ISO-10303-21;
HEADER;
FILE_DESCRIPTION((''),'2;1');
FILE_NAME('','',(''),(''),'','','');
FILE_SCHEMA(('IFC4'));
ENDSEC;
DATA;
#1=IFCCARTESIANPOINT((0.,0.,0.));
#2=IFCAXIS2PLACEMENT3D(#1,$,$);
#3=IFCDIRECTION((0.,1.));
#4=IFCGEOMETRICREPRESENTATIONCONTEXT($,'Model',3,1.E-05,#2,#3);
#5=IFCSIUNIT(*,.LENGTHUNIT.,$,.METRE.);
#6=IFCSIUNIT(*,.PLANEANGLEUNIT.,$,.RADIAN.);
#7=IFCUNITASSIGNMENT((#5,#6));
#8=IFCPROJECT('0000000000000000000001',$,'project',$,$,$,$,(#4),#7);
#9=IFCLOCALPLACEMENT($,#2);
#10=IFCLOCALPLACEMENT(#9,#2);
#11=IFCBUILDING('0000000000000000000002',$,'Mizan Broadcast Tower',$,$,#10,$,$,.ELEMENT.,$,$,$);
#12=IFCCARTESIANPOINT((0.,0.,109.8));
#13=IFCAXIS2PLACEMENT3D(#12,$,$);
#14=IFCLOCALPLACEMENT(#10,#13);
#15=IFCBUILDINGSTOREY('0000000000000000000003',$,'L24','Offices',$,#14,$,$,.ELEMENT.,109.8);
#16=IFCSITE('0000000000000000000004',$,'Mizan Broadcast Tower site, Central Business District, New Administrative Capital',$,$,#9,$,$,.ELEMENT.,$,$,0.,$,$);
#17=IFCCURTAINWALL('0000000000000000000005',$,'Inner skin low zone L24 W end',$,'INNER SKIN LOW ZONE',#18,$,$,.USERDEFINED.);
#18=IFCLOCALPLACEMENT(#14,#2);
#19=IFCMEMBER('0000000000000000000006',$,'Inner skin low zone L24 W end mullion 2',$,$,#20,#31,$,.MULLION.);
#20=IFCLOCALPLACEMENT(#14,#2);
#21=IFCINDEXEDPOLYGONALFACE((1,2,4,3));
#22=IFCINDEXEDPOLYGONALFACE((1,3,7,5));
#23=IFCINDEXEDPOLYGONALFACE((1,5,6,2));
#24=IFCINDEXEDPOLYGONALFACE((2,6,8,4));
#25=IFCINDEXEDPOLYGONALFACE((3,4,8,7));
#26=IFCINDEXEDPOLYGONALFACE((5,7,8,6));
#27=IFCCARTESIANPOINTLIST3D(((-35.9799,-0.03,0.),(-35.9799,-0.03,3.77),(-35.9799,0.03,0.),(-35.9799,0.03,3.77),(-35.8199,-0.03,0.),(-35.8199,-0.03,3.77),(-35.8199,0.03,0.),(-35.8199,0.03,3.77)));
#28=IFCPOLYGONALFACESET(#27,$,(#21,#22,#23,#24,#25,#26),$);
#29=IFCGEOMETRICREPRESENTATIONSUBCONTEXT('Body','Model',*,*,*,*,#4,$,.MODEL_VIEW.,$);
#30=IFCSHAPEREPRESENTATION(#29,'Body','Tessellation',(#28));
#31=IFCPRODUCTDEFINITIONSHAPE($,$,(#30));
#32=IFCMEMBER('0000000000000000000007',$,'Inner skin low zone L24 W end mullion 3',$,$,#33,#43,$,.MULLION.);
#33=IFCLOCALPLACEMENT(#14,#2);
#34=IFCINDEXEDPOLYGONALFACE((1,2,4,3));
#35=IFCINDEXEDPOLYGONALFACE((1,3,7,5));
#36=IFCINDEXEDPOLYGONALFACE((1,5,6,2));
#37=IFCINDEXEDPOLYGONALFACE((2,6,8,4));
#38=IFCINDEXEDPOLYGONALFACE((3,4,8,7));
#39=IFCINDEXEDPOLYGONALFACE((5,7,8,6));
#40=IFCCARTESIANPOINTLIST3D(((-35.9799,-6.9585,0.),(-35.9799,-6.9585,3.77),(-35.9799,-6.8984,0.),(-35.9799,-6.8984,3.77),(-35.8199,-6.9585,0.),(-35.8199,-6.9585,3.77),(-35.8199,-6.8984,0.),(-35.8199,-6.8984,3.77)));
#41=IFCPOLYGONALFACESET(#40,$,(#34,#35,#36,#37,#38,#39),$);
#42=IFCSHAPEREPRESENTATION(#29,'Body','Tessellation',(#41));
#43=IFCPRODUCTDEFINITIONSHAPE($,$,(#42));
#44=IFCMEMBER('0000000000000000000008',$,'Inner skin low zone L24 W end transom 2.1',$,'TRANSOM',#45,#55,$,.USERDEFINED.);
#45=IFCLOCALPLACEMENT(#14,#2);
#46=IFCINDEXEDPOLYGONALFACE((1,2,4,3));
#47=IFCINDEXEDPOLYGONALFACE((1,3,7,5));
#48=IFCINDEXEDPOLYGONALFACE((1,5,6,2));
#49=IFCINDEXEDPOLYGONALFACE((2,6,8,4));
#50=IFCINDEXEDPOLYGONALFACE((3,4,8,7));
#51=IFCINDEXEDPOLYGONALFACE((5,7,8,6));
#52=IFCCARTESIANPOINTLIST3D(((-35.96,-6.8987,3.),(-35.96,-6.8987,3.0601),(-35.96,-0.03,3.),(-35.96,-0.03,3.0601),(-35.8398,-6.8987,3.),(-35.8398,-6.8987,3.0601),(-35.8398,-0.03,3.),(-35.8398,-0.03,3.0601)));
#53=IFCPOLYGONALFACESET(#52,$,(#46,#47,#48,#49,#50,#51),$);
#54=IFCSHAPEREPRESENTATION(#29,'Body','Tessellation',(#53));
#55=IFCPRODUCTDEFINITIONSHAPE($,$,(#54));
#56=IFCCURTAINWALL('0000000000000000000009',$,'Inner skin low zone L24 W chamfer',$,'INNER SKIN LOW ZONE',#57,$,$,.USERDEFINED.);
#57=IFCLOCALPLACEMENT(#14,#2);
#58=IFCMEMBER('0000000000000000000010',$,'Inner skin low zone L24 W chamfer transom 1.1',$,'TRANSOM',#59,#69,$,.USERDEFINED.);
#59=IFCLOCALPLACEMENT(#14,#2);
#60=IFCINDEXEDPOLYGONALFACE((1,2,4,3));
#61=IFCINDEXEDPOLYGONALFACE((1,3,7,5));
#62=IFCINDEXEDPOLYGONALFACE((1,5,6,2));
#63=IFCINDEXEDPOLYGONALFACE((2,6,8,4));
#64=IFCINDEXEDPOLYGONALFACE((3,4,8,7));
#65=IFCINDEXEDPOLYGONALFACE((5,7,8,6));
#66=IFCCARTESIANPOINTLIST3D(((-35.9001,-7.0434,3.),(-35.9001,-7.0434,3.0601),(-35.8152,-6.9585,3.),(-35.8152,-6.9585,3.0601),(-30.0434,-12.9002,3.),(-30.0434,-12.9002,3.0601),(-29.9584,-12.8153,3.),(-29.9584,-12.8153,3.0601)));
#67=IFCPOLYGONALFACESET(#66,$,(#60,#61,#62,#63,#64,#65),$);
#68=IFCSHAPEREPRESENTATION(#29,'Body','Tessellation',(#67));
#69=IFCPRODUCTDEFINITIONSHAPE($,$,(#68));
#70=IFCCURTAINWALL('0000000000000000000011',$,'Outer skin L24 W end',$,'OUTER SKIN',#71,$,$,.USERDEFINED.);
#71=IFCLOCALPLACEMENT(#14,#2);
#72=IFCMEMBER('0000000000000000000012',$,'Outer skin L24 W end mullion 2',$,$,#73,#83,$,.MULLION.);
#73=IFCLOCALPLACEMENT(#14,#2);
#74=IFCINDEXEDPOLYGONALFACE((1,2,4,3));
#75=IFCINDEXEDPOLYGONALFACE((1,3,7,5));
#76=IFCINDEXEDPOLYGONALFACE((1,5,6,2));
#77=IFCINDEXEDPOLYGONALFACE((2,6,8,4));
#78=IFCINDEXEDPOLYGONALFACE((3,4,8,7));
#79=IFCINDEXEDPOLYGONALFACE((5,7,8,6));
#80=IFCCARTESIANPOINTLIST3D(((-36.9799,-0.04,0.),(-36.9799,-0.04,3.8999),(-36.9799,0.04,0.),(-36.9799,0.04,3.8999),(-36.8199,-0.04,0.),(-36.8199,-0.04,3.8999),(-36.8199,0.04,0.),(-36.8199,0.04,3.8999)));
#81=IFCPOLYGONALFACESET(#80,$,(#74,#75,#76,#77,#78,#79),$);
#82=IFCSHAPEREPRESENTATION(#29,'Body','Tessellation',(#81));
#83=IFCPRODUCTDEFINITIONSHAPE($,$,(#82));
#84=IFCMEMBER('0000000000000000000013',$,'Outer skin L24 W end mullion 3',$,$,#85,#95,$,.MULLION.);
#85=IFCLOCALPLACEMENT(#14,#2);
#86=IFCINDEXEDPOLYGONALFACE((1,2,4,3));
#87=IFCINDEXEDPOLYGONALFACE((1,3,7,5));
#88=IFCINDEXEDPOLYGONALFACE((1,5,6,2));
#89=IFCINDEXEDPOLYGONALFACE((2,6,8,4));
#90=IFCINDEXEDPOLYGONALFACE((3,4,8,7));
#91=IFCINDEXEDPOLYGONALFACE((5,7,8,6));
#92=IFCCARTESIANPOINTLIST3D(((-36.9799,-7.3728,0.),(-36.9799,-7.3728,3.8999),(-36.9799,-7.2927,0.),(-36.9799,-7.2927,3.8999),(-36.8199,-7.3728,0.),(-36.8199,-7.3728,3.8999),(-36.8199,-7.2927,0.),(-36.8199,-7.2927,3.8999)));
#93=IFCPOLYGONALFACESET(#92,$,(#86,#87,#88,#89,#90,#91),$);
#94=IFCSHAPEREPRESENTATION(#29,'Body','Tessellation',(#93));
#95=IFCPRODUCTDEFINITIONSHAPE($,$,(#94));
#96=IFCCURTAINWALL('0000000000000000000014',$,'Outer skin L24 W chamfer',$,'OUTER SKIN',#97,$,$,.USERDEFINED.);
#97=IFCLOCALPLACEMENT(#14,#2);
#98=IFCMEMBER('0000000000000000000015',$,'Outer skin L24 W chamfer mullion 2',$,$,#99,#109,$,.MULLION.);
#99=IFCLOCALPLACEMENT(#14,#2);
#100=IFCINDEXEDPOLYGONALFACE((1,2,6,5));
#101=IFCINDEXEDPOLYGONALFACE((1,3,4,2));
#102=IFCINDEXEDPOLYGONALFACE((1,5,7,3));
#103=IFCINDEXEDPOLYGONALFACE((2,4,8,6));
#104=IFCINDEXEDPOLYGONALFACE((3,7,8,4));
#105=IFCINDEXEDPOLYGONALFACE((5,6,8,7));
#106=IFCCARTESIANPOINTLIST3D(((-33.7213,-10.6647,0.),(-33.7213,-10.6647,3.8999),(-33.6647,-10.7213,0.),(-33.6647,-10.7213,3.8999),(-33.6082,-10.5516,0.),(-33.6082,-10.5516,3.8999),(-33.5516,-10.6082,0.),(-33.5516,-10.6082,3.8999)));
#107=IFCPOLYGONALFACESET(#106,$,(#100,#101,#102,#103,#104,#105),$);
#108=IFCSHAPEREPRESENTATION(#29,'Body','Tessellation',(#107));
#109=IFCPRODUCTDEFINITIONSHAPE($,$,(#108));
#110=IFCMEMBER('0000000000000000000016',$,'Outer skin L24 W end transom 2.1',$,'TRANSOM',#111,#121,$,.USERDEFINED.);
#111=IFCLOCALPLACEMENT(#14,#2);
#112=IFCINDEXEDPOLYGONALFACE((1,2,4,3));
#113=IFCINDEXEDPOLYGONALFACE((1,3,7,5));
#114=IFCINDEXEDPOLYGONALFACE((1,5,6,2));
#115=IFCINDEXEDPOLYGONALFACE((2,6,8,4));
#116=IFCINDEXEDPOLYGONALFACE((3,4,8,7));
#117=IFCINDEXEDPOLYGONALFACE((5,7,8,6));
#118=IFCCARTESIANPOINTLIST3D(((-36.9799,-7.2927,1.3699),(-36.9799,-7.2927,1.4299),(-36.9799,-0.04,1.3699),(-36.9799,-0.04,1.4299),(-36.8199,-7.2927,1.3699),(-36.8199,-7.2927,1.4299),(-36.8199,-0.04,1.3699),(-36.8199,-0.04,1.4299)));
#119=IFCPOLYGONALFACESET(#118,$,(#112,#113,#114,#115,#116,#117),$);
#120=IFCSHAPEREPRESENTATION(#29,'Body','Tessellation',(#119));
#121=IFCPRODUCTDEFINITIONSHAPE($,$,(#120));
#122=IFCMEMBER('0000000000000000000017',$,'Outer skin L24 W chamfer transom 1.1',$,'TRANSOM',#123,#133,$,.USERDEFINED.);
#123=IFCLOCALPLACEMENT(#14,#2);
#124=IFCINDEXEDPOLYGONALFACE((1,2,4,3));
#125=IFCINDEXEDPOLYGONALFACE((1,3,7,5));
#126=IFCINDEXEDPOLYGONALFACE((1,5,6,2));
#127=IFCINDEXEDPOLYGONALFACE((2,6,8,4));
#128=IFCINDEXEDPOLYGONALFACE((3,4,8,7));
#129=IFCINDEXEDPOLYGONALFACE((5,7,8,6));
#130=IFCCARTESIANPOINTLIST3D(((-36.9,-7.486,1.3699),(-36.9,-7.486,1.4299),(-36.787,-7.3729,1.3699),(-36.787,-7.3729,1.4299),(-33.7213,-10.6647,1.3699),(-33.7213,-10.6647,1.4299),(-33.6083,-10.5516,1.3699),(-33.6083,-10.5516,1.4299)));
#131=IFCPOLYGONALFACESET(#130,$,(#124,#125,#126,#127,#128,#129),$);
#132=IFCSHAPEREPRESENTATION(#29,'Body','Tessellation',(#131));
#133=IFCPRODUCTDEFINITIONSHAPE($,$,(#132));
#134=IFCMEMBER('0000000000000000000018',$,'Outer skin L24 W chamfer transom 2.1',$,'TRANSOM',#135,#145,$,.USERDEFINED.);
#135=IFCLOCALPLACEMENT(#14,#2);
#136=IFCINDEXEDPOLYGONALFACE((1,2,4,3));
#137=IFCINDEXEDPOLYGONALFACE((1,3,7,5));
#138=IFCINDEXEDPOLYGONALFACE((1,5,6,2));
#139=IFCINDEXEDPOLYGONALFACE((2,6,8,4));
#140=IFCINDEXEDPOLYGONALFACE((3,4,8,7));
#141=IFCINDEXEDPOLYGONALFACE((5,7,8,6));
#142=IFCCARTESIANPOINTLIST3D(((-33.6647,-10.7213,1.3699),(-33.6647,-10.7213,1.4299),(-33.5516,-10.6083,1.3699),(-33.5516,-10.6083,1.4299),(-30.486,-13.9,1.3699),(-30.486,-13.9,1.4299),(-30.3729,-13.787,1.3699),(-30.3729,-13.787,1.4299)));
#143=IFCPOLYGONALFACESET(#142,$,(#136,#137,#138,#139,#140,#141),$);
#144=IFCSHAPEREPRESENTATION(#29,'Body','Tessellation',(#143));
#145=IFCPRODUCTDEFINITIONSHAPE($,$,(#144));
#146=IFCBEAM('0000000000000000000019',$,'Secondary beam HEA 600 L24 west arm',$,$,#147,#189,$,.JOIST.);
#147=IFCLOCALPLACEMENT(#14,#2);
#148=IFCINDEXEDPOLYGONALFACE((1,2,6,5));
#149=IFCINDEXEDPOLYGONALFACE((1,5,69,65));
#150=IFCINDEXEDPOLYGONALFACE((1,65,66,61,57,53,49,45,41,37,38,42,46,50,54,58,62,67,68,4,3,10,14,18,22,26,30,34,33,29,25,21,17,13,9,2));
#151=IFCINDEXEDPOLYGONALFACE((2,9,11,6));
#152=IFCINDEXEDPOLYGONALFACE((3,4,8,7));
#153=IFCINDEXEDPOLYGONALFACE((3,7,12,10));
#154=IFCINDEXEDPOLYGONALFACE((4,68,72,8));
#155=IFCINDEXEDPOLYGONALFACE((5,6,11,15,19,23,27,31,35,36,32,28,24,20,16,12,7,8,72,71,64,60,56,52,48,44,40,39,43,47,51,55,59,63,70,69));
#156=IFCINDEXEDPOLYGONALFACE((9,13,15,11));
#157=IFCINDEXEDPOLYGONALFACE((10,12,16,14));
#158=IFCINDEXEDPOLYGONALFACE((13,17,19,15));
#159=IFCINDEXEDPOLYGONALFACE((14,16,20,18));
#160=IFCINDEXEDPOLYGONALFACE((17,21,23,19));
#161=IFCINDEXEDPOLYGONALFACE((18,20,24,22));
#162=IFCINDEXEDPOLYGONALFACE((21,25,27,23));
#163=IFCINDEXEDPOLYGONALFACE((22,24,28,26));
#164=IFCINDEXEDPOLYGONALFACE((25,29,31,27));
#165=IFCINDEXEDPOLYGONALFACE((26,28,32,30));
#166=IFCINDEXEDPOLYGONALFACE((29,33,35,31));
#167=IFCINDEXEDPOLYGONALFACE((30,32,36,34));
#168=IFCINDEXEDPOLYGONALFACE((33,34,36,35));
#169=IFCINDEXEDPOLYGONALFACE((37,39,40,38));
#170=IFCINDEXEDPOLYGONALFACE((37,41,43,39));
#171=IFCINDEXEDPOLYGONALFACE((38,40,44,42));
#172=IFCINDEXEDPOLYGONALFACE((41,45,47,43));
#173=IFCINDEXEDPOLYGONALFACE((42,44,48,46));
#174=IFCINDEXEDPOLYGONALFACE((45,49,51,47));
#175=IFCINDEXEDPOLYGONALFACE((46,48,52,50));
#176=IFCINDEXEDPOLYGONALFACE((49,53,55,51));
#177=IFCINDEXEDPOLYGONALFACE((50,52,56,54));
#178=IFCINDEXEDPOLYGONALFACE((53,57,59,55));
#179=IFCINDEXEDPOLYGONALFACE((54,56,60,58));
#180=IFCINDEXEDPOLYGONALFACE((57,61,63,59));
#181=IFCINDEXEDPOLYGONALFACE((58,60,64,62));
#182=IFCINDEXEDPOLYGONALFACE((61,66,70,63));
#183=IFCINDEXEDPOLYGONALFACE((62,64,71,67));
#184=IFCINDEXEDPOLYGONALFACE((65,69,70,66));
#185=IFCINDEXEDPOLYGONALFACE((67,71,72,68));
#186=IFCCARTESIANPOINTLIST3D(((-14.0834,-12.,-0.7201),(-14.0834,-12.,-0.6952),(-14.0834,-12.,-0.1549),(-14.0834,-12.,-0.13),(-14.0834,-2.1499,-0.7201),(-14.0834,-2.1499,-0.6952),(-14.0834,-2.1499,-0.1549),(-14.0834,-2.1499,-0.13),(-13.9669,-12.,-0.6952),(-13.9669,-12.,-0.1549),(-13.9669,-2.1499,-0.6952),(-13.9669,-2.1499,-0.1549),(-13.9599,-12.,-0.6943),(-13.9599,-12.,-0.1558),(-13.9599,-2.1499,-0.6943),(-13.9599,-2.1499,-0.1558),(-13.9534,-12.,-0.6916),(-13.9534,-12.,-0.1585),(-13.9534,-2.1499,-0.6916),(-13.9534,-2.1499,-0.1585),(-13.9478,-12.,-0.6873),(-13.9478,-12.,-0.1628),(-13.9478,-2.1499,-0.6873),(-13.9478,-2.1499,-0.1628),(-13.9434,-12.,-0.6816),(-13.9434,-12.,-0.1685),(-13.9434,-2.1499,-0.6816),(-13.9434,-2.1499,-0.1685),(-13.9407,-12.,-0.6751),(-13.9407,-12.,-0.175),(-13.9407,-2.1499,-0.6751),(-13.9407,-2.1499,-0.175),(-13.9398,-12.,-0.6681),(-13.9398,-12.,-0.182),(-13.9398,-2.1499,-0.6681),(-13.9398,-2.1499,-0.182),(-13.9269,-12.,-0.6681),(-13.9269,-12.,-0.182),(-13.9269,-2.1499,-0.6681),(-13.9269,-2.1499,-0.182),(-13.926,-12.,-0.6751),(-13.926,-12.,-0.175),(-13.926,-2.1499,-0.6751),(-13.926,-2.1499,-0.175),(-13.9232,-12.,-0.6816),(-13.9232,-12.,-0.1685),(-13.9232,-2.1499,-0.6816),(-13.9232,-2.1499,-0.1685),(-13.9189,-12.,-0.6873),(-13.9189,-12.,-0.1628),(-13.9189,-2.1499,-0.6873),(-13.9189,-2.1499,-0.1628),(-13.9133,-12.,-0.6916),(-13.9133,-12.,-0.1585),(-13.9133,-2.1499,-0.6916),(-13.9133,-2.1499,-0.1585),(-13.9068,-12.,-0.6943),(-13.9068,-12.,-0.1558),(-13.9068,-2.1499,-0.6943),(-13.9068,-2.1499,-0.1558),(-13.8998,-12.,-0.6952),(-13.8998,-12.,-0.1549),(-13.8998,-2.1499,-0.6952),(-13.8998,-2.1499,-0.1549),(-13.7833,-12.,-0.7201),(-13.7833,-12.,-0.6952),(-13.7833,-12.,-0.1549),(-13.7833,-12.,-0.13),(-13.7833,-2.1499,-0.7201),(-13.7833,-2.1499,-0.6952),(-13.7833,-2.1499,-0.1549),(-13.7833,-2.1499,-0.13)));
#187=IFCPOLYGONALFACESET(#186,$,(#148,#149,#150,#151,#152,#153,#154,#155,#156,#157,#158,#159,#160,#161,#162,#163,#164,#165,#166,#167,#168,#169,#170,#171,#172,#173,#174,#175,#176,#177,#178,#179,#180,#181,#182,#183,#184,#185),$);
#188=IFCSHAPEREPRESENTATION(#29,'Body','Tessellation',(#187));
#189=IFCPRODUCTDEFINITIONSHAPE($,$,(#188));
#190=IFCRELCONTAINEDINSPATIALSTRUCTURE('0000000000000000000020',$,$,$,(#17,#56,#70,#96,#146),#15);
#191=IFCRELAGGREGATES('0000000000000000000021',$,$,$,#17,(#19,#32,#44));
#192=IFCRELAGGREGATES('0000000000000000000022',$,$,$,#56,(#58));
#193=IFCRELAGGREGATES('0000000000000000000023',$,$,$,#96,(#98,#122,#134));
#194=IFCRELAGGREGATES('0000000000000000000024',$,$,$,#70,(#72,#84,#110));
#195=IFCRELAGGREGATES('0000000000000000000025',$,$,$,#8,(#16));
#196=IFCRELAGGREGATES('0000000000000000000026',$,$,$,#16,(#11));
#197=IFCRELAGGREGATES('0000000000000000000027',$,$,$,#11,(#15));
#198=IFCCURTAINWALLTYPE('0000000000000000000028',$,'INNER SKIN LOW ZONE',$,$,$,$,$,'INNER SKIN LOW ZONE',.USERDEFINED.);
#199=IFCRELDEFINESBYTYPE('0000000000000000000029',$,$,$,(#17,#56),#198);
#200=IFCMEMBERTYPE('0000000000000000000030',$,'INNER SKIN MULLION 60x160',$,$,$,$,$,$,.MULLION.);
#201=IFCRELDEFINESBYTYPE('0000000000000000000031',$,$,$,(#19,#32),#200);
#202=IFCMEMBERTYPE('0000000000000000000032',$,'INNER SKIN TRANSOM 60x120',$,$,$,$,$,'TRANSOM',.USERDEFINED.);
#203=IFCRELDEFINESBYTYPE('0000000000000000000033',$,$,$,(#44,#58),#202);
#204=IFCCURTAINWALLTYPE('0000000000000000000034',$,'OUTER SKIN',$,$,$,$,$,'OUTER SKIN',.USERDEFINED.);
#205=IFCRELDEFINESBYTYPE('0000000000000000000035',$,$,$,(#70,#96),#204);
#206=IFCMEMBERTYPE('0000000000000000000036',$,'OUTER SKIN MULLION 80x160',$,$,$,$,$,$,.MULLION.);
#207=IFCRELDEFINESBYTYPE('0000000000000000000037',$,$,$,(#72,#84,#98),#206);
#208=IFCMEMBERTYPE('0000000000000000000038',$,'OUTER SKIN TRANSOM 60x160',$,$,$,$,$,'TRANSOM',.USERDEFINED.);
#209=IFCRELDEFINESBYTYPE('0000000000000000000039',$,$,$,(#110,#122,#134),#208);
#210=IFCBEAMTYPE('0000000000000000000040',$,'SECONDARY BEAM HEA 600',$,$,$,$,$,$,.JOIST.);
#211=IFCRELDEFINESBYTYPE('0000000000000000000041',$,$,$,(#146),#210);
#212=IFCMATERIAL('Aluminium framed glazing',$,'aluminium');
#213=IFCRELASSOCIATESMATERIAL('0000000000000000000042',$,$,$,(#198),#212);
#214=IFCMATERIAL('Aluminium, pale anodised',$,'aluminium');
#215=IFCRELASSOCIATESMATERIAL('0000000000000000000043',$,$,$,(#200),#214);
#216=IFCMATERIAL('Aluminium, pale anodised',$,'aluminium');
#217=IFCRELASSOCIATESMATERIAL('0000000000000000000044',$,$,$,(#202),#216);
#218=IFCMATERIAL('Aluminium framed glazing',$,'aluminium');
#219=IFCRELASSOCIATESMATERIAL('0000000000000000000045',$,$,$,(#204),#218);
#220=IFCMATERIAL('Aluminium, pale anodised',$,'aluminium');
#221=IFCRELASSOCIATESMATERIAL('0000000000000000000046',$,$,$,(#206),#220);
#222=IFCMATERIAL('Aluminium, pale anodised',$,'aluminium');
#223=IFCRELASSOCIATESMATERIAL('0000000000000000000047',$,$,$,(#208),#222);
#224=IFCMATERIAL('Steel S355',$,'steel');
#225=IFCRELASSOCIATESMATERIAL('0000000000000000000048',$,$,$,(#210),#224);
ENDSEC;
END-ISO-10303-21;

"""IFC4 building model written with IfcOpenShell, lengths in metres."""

from ifc_helpers import new_model, si_unit, direction, frame, origin, origin_2d, place, context, subcontext, project, spatial, rectangle, i_section, extrude, material, material_profile, profile_set, type_object, element, aggregate, save


model = new_model("IFC4")

# Units and contexts
model_context = context("Model", 3, precision=1e-05, world=origin(), true_north=direction((0.0, 1.0)))
body_context = subcontext(model_context, "Body", "Model", "MODEL_VIEW")
ifc_project = project(units=[si_unit("LENGTHUNIT", "METRE"), si_unit("PLANEANGLEUNIT", "RADIAN")], contexts=[model_context])

# Site, building, storey
site_placement = place(None, origin())
site = spatial("IfcSite", under=ifc_project, at=site_placement, Name="Mizan Broadcast Tower site, Central Business District, New Administrative Capital", CompositionType="ELEMENT", RefElevation=0.0)
building_placement = place(site_placement, origin())
building = spatial("IfcBuilding", under=site, at=building_placement, Name="Mizan Broadcast Tower", CompositionType="ELEMENT")
storey_placement = place(building_placement, frame((0.0, 0.0, 109.8)))
storey = spatial("IfcBuildingStorey", under=building, at=storey_placement, Name="L24", Description="Offices", CompositionType="ELEMENT", Elevation=109.8)

# Curtain wall, members
ifc_material_1 = material(Name="Aluminium framed glazing", Category="aluminium")
curtain_wall_type_1 = type_object("IfcCurtainWallType", Name="INNER SKIN LOW ZONE", ElementType="INNER SKIN LOW ZONE", PredefinedType="USERDEFINED", material=ifc_material_1)
curtain_wall_1_placement = place(storey_placement, origin())
curtain_wall_1 = element("IfcCurtainWall", 1, at=curtain_wall_1_placement, inside=storey, type_object=curtain_wall_type_1, Name="Inner skin low zone L24 W end", ObjectType="INNER SKIN LOW ZONE", PredefinedType="USERDEFINED")
ifc_material_2 = material(Name="Aluminium, pale anodised", Category="aluminium")
ifc_material_profile_1 = material_profile(ifc_material_2, rectangle(XDim=0.1599, YDim=0.0601, at=origin_2d()), Name="MULLION 160x60")
ifc_profile_set_1 = profile_set([ifc_material_profile_1], Name="Aluminium, pale anodised")
member_type_1 = type_object("IfcMemberType", Name="INNER SKIN MULLION 60x160", PredefinedType="MULLION", material=ifc_profile_set_1)
member_1_placement = place(storey_placement, frame((-35.8999, 0.0, 0.0), z_axis=(0.0, 0.0, 1.0), x_axis=(1.0, 0.0, 0.0)))
member_1 = element("IfcMember", 2, at=member_1_placement, type_object=member_type_1, Name="Inner skin low zone L24 W end mullion 2", PredefinedType="MULLION", context=body_context, shape_type="SweptSolid", body=[
    extrude(rectangle(XDim=0.1599, YDim=0.0601, at=origin_2d()), origin(), (0.0, 0.0, 1.0), 3.77),
])
member_2_placement = place(storey_placement, frame((-35.8999, -6.9285, 0.0), z_axis=(0.0, 0.0, 1.0), x_axis=(1.0, 0.0, 0.0)))
member_2 = element("IfcMember", 3, at=member_2_placement, type_object=member_type_1, Name="Inner skin low zone L24 W end mullion 3", PredefinedType="MULLION", context=body_context, shape_type="SweptSolid", body=[
    extrude(rectangle(XDim=0.1599, YDim=0.0601, at=origin_2d()), origin(), (0.0, 0.0, 1.0), 3.77),
])
ifc_material_3 = material(Name="Aluminium, pale anodised", Category="aluminium")
ifc_material_profile_2 = material_profile(ifc_material_3, rectangle(XDim=0.1201, YDim=0.0601, at=origin_2d()), Name="TRANSOM 120x60")
ifc_profile_set_2 = profile_set([ifc_material_profile_2], Name="Aluminium, pale anodised")
member_type_2 = type_object("IfcMemberType", Name="INNER SKIN TRANSOM 60x120", ElementType="TRANSOM", PredefinedType="USERDEFINED", material=ifc_profile_set_2)
member_3_placement = place(storey_placement, frame((-35.8999, -0.03, 3.03), z_axis=(0.0, -1.0, 0.0), x_axis=(1.0, 0.0, 0.0)))
member_3 = element("IfcMember", 4, at=member_3_placement, type_object=member_type_2, Name="Inner skin low zone L24 W end transom 2.1", ObjectType="TRANSOM", PredefinedType="USERDEFINED", context=body_context, shape_type="SweptSolid", body=[
    extrude(rectangle(XDim=0.1201, YDim=0.0601, at=origin_2d()), origin(), (0.0, 0.0, 1.0), 6.8687),
])

# Curtain wall, member
curtain_wall_2_placement = place(storey_placement, origin())
curtain_wall_2 = element("IfcCurtainWall", 5, at=curtain_wall_2_placement, inside=storey, type_object=curtain_wall_type_1, Name="Inner skin low zone L24 W chamfer", ObjectType="INNER SKIN LOW ZONE", PredefinedType="USERDEFINED")
member_4_placement = place(storey_placement, frame((-35.8577, -7.001, 3.03), z_axis=(0.707107, -0.707107, 0.0), x_axis=(0.707107, 0.707107, 0.0)))
member_4 = element("IfcMember", 6, at=member_4_placement, type_object=member_type_2, Name="Inner skin low zone L24 W chamfer transom 1.1", ObjectType="TRANSOM", PredefinedType="USERDEFINED", context=body_context, shape_type="SweptSolid", body=[
    extrude(rectangle(XDim=0.1201, YDim=0.0601, at=origin_2d()), origin(), (0.0, 0.0, 1.0), 8.2827),
])

# Curtain wall, members
ifc_material_4 = material(Name="Aluminium framed glazing", Category="aluminium")
curtain_wall_type_2 = type_object("IfcCurtainWallType", Name="OUTER SKIN", ElementType="OUTER SKIN", PredefinedType="USERDEFINED", material=ifc_material_4)
curtain_wall_3_placement = place(storey_placement, origin())
curtain_wall_3 = element("IfcCurtainWall", 7, at=curtain_wall_3_placement, inside=storey, type_object=curtain_wall_type_2, Name="Outer skin L24 W end", ObjectType="OUTER SKIN", PredefinedType="USERDEFINED")
ifc_material_5 = material(Name="Aluminium, pale anodised", Category="aluminium")
ifc_material_profile_3 = material_profile(ifc_material_5, rectangle(XDim=0.1599, YDim=0.0801, at=origin_2d()), Name="MULLION 160x80")
ifc_profile_set_3 = profile_set([ifc_material_profile_3], Name="Aluminium, pale anodised")
member_type_3 = type_object("IfcMemberType", Name="OUTER SKIN MULLION 80x160", PredefinedType="MULLION", material=ifc_profile_set_3)
member_5_placement = place(storey_placement, frame((-36.8999, 0.0, 0.0), z_axis=(0.0, 0.0, 1.0), x_axis=(1.0, 0.0, 0.0)))
member_5 = element("IfcMember", 8, at=member_5_placement, type_object=member_type_3, Name="Outer skin L24 W end mullion 2", PredefinedType="MULLION", context=body_context, shape_type="SweptSolid", body=[
    extrude(rectangle(XDim=0.1599, YDim=0.0801, at=origin_2d()), origin(), (0.0, 0.0, 1.0), 3.8999),
])
member_6_placement = place(storey_placement, frame((-36.8999, -7.3328, 0.0), z_axis=(0.0, 0.0, 1.0), x_axis=(1.0, 0.0, 0.0)))
member_6 = element("IfcMember", 9, at=member_6_placement, type_object=member_type_3, Name="Outer skin L24 W end mullion 3", PredefinedType="MULLION", context=body_context, shape_type="SweptSolid", body=[
    extrude(rectangle(XDim=0.1599, YDim=0.0801, at=origin_2d()), origin(), (0.0, 0.0, 1.0), 3.8999),
])

# Curtain wall, member
curtain_wall_4_placement = place(storey_placement, origin())
curtain_wall_4 = element("IfcCurtainWall", 10, at=curtain_wall_4_placement, inside=storey, type_object=curtain_wall_type_2, Name="Outer skin L24 W chamfer", ObjectType="OUTER SKIN", PredefinedType="USERDEFINED")
member_7_placement = place(storey_placement, frame((-33.6365, -10.6365, 0.0), z_axis=(0.0, 0.0, 1.0), x_axis=(0.707107, 0.707107, 0.0)))
member_7 = element("IfcMember", 11, at=member_7_placement, type_object=member_type_3, Name="Outer skin L24 W chamfer mullion 2", PredefinedType="MULLION", context=body_context, shape_type="SweptSolid", body=[
    extrude(rectangle(XDim=0.1599, YDim=0.0801, at=origin_2d()), origin(), (0.0, 0.0, 1.0), 3.8999),
])

# Members
ifc_material_6 = material(Name="Aluminium, pale anodised", Category="aluminium")
ifc_material_profile_4 = material_profile(ifc_material_6, rectangle(XDim=0.1599, YDim=0.0601, at=origin_2d()), Name="TRANSOM 160x60")
ifc_profile_set_4 = profile_set([ifc_material_profile_4], Name="Aluminium, pale anodised")
member_type_4 = type_object("IfcMemberType", Name="OUTER SKIN TRANSOM 60x160", ElementType="TRANSOM", PredefinedType="USERDEFINED", material=ifc_profile_set_4)
member_8_placement = place(storey_placement, frame((-36.8999, -0.04, 1.3999), z_axis=(0.0, -1.0, 0.0), x_axis=(1.0, 0.0, 0.0)))
member_8 = element("IfcMember", 12, at=member_8_placement, type_object=member_type_4, Name="Outer skin L24 W end transom 2.1", ObjectType="TRANSOM", PredefinedType="USERDEFINED", context=body_context, shape_type="SweptSolid", body=[
    extrude(rectangle(XDim=0.1599, YDim=0.0601, at=origin_2d()), origin(), (0.0, 0.0, 1.0), 7.2527),
])
member_9_placement = place(storey_placement, frame((-36.8435, -7.4294, 1.3999), z_axis=(0.707107, -0.707107, 0.0), x_axis=(0.707107, 0.707107, 0.0)))
member_9 = element("IfcMember", 13, at=member_9_placement, type_object=member_type_4, Name="Outer skin L24 W chamfer transom 1.1", ObjectType="TRANSOM", PredefinedType="USERDEFINED", context=body_context, shape_type="SweptSolid", body=[
    extrude(rectangle(XDim=0.1599, YDim=0.0601, at=origin_2d()), origin(), (0.0, 0.0, 1.0), 4.4954),
])
member_10_placement = place(storey_placement, frame((-33.6082, -10.6648, 1.3999), z_axis=(0.707107, -0.707107, 0.0), x_axis=(0.707107, 0.707107, 0.0)))
member_10 = element("IfcMember", 14, at=member_10_placement, type_object=member_type_4, Name="Outer skin L24 W chamfer transom 2.1", ObjectType="TRANSOM", PredefinedType="USERDEFINED", context=body_context, shape_type="SweptSolid", body=[
    extrude(rectangle(XDim=0.1599, YDim=0.0601, at=origin_2d()), origin(), (0.0, 0.0, 1.0), 4.4954),
])

# Beam
ifc_material_7 = material(Name="Steel S355", Category="steel")
ifc_material_profile_5 = material_profile(ifc_material_7, i_section(OverallWidth=0.3, OverallDepth=0.5901, WebThickness=0.0129, FlangeThickness=0.0249, FilletRadius=0.0271, at=origin_2d()), Name="HEA 600")
ifc_profile_set_5 = profile_set([ifc_material_profile_5], Name="Steel S355")
beam_type_1 = type_object("IfcBeamType", Name="SECONDARY BEAM HEA 600", PredefinedType="JOIST", material=ifc_profile_set_5)
for number, where, z_axis, x_axis, name in (
    (15, (-13.9333, -12.0, -0.425), (0.0, 1.0, 0.0), (-1.0, 0.0, 0.0), "Secondary beam HEA 600 L24 west arm"),
):
    element("IfcBeam", number, at=place(storey_placement, frame(where, z_axis=z_axis, x_axis=x_axis)), inside=storey, type_object=beam_type_1, Name=name, PredefinedType="JOIST", context=body_context, shape_type="SweptSolid", body=[
        extrude(i_section(OverallWidth=0.3, OverallDepth=0.5901, WebThickness=0.0129, FlangeThickness=0.0249, FilletRadius=0.0271, at=origin_2d()), origin(), (0.0, 0.0, 1.0), 9.8501),
    ])

aggregate(curtain_wall_1, [member_1, member_2, member_3])
aggregate(curtain_wall_2, [member_4])
aggregate(curtain_wall_4, [member_7, member_9, member_10])
aggregate(curtain_wall_3, [member_5, member_6, member_8])

save(model, "model.ifc")
